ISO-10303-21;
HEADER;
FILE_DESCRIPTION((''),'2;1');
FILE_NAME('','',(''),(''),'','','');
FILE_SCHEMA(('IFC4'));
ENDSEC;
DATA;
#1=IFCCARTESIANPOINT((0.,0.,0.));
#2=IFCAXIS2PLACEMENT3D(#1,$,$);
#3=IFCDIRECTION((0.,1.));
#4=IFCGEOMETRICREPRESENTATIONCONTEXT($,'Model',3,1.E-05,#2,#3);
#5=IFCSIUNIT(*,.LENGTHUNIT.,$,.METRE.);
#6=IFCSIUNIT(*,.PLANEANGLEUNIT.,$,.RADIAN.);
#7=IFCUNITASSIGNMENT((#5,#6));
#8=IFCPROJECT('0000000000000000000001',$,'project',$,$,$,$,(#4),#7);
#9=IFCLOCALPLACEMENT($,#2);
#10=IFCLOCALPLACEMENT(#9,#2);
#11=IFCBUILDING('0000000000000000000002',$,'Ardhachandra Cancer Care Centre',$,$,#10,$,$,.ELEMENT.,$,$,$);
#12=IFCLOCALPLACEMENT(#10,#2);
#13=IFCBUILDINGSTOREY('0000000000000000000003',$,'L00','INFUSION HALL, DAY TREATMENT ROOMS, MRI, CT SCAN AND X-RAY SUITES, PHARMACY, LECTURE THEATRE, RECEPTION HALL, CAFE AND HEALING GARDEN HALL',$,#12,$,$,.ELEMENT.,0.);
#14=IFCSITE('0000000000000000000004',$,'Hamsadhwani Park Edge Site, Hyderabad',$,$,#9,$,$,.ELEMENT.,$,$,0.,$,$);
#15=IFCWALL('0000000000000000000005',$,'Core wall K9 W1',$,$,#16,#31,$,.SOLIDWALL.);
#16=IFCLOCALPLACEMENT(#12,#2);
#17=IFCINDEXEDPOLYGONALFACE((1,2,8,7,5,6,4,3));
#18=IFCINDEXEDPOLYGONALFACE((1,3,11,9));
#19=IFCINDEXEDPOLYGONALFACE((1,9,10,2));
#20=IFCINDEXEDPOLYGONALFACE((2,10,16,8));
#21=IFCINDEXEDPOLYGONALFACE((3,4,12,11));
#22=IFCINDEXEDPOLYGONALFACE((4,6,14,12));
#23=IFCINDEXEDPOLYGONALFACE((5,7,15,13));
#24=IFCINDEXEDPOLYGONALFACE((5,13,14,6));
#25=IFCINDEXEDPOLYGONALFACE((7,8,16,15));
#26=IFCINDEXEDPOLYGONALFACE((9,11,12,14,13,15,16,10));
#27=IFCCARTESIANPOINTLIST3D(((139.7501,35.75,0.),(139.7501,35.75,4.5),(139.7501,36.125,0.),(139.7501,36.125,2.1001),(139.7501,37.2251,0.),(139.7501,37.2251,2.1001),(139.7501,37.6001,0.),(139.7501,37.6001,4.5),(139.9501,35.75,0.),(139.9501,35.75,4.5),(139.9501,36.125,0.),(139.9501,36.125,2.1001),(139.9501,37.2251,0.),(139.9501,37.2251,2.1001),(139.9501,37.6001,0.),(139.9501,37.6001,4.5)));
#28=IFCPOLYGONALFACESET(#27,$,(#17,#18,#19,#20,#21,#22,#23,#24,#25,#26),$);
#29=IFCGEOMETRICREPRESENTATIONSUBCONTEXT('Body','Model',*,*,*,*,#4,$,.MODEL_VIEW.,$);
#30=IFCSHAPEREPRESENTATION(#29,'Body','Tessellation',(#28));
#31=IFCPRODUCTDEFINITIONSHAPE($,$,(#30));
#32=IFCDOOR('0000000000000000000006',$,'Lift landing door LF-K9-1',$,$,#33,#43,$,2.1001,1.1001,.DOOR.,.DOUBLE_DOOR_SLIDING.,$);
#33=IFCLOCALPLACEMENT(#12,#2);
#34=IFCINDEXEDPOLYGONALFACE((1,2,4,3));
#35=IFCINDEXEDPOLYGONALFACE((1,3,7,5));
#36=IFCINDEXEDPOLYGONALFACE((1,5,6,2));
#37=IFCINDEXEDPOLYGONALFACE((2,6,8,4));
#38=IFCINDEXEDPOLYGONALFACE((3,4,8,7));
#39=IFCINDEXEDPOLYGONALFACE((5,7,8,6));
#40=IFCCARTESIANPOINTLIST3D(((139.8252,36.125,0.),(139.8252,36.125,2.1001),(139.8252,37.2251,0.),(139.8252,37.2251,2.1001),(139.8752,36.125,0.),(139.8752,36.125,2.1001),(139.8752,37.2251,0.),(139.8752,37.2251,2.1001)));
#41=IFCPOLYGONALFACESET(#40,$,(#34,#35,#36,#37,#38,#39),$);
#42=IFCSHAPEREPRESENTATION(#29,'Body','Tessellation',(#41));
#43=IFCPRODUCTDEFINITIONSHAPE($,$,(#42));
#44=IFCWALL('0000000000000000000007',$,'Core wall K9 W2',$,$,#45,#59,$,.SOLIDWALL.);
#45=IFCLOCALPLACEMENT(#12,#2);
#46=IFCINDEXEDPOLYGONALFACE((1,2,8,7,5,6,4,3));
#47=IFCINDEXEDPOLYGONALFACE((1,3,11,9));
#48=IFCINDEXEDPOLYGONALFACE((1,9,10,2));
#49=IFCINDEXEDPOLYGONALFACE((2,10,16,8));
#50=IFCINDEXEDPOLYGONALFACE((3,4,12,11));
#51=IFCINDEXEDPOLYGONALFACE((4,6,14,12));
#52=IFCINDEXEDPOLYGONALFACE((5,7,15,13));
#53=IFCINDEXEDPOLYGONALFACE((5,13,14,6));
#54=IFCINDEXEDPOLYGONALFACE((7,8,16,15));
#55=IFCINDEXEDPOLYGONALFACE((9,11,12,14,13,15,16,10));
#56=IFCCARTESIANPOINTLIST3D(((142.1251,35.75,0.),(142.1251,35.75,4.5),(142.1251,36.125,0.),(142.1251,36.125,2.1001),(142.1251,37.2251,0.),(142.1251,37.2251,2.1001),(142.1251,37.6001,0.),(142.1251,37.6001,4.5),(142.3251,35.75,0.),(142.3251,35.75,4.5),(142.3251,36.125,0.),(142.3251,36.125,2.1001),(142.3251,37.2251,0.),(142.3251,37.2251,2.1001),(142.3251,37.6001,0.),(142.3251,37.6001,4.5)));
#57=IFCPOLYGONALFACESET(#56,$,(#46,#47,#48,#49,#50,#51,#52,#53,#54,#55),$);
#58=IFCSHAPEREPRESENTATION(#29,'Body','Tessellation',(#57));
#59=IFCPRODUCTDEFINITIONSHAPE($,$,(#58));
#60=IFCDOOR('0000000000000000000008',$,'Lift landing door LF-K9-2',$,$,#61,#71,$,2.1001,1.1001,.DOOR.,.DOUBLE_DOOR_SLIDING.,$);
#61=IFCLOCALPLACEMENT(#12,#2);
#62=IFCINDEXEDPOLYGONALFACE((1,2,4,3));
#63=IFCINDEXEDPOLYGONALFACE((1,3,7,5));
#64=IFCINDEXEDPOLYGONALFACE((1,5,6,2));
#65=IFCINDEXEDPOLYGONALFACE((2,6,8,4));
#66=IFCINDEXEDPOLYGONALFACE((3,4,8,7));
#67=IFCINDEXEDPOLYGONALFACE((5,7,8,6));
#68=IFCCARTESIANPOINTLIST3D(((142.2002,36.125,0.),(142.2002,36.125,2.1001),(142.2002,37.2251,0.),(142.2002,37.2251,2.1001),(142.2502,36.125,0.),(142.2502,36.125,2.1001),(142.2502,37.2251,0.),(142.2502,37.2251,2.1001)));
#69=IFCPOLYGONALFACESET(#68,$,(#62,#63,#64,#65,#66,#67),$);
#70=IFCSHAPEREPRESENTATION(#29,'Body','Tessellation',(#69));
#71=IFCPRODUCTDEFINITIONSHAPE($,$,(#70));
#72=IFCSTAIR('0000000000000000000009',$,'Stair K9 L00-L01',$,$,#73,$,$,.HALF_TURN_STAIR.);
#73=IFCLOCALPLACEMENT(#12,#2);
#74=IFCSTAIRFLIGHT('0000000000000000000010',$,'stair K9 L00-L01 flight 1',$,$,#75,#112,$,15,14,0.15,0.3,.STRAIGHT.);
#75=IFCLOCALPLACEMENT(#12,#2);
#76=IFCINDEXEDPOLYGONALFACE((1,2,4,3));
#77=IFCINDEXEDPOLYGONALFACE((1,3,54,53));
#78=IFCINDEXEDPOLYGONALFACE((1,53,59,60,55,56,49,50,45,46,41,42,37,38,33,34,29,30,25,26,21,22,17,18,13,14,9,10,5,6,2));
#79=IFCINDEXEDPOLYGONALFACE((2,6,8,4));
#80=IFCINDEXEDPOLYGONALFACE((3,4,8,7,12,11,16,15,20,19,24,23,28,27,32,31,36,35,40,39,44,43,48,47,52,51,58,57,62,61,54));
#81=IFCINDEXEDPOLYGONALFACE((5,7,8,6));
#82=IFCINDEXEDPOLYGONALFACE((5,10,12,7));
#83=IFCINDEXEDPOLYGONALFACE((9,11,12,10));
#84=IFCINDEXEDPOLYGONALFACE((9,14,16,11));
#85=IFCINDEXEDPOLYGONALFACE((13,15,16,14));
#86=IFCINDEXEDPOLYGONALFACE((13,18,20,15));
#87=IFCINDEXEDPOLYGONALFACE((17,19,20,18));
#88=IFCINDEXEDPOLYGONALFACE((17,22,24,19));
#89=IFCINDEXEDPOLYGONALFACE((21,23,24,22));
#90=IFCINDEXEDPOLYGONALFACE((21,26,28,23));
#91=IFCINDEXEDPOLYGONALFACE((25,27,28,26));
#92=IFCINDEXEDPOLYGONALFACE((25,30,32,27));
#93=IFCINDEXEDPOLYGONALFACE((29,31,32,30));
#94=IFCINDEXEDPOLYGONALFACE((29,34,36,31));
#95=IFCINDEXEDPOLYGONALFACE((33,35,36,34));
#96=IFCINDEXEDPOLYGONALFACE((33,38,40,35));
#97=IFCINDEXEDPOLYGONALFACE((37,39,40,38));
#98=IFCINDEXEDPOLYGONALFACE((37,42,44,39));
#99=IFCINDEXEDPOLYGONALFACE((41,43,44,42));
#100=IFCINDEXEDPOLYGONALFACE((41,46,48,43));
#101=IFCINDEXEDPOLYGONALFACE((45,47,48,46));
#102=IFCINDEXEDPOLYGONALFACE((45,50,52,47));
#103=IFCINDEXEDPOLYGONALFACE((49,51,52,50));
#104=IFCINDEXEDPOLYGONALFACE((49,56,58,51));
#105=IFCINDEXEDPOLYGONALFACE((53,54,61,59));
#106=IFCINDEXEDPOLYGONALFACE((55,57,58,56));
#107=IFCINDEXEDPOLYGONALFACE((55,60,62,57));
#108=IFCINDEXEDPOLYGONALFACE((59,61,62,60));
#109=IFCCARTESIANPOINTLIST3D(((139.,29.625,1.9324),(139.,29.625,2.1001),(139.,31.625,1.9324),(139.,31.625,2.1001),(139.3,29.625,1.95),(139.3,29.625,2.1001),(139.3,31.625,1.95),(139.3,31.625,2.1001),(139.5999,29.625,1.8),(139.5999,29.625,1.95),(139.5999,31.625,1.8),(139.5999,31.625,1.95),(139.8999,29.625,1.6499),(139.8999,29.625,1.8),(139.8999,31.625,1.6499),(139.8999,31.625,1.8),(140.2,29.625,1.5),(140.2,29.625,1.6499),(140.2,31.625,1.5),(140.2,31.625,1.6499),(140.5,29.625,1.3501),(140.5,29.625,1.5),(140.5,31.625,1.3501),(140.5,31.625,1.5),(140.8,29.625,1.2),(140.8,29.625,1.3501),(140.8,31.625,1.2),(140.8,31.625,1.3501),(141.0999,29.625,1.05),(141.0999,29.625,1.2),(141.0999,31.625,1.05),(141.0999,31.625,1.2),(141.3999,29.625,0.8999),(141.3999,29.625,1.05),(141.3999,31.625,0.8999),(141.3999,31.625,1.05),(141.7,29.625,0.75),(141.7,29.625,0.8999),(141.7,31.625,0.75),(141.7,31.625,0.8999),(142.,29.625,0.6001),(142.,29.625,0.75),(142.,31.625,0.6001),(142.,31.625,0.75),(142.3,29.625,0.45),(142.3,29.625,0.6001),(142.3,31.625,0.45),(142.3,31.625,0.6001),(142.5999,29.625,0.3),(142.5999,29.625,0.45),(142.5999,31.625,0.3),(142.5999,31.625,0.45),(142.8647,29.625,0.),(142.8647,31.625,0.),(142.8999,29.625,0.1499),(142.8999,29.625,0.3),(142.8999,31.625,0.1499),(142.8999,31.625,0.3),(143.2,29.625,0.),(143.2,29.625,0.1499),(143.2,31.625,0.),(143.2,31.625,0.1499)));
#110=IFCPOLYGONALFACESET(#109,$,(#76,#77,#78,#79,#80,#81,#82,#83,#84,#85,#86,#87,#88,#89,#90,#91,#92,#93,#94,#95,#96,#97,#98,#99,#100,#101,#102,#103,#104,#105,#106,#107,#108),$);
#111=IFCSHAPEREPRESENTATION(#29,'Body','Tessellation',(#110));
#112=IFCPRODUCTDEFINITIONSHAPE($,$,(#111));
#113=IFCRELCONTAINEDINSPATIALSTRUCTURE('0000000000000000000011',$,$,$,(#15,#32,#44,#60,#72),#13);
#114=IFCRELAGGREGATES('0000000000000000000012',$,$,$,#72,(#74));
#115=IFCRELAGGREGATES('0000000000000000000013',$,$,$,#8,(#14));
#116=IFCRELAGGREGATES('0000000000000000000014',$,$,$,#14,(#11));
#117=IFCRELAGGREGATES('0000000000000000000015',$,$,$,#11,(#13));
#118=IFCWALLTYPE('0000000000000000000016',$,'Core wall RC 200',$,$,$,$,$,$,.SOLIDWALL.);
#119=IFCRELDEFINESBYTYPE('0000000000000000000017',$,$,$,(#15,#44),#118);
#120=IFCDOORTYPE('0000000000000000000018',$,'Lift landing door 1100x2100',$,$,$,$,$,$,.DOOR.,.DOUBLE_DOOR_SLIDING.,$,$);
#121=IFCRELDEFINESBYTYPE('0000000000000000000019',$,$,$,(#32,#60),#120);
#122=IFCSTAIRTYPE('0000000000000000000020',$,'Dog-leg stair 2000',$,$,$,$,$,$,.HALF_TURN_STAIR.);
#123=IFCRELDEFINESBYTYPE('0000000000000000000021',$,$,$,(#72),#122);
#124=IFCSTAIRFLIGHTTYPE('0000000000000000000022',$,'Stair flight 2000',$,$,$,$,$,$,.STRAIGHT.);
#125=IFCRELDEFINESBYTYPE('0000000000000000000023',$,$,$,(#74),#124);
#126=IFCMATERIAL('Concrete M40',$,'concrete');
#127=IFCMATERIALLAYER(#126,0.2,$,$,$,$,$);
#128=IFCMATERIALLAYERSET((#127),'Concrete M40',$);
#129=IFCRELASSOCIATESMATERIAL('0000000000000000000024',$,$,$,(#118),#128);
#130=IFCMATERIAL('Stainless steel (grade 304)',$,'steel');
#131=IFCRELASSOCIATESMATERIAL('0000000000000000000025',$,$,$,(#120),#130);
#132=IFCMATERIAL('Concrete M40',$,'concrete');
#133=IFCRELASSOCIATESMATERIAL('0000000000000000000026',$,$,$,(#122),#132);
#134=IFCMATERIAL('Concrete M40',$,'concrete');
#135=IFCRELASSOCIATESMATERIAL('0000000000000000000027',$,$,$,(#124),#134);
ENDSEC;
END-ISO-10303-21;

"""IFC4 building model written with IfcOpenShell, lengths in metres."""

from ifc_helpers import new_model, si_unit, direction, frame, frame_2d, origin, place, context, subcontext, project, spatial, polyline, rectangle, outline, extrude, material, layer, layer_set, type_object, element, fill, aggregate, save


model = new_model("IFC4")

# Units and contexts
model_context = context("Model", 3, precision=1e-05, world=origin(), true_north=direction((0.0, 1.0)))
body_context = subcontext(model_context, "Body", "Model", "MODEL_VIEW")
ifc_project = project(units=[si_unit("LENGTHUNIT", "METRE"), si_unit("PLANEANGLEUNIT", "RADIAN")], contexts=[model_context])

# Site, building, storey
site_placement = place(None, origin())
site = spatial("IfcSite", under=ifc_project, at=site_placement, Name="Hamsadhwani Park Edge Site, Hyderabad", CompositionType="ELEMENT", RefElevation=0.0)
building_placement = place(site_placement, origin())
building = spatial("IfcBuilding", under=site, at=building_placement, Name="Ardhachandra Cancer Care Centre", CompositionType="ELEMENT")
storey_placement = place(building_placement, origin())
storey = spatial("IfcBuildingStorey", under=building, at=storey_placement, Name="L00", Description="INFUSION HALL, DAY TREATMENT ROOMS, MRI, CT SCAN AND X-RAY SUITES, PHARMACY, LECTURE THEATRE, RECEPTION HALL, CAFE AND HEALING GARDEN HALL", CompositionType="ELEMENT", Elevation=0.0)

# Shared definitions
ifc_material_1 = material(Name="Concrete M40", Category="concrete")
ifc_layer_1 = layer(ifc_material_1, 0.2)
ifc_layer_set_1 = layer_set([ifc_layer_1], Name="Concrete M40")
wall_type_1 = type_object("IfcWallType", Name="Core wall RC 200", PredefinedType="SOLIDWALL", material=ifc_layer_set_1)

# Walls, openings, doors
wall_1_placement = place(storey_placement, frame((139.8501, 35.75, 0.0), z_axis=(0.0, 0.0, 1.0), x_axis=(0.0, 1.0, 0.0)))
wall_1 = element("IfcWall", 1, at=wall_1_placement, inside=storey, type_object=wall_type_1, Name="Core wall K9 W1", PredefinedType="SOLIDWALL", context=body_context, shape_type="SweptSolid", body=[
    extrude(rectangle(XDim=1.8501, YDim=0.2, at=frame_2d((0.925, 0.0))), origin(), (0.0, 0.0, 1.0), 4.5),
])
opening_1_placement = place(wall_1_placement, frame((0.375, 0.0, 0.0)))
opening_1 = element("IfcOpeningElement", 2, at=opening_1_placement, cuts=wall_1, PredefinedType="OPENING", context=body_context, shape_type="SweptSolid", body=[
    extrude(rectangle(XDim=1.1001, YDim=2.1001, at=frame_2d((0.55, 1.05))), frame((0.0, 0.1099, 0.0), z_axis=(0.0, -1.0, 0.0), x_axis=(1.0, 0.0, 0.0)), (0.0, 0.0, 1.0), 0.22),
])
ifc_material_2 = material(Name="Stainless steel (grade 304)", Category="steel")
door_type_1 = type_object("IfcDoorType", Name="Lift landing door 1100x2100", OperationType="DOUBLE_DOOR_SLIDING", PredefinedType="DOOR", material=ifc_material_2)
door_1_placement = place(opening_1_placement, origin())
door_1 = element("IfcDoor", 3, at=door_1_placement, inside=storey, type_object=door_type_1, Name="Lift landing door LF-K9-1", OperationType="DOUBLE_DOOR_SLIDING", OverallHeight=2.1001, OverallWidth=1.1001, PredefinedType="DOOR", context=body_context, shape_type="SweptSolid", body=[
    extrude(rectangle(XDim=1.1001, YDim=2.1001, at=frame_2d((0.55, 1.05))), frame((0.0, 0.0249, 0.0), z_axis=(0.0, -1.0, 0.0), x_axis=(1.0, 0.0, 0.0)), (0.0, 0.0, 1.0), 0.05),
])
fill(opening_1, door_1)
wall_2_placement = place(storey_placement, frame((142.2251, 35.75, 0.0), z_axis=(0.0, 0.0, 1.0), x_axis=(0.0, 1.0, 0.0)))
wall_2 = element("IfcWall", 4, at=wall_2_placement, inside=storey, type_object=wall_type_1, Name="Core wall K9 W2", PredefinedType="SOLIDWALL", context=body_context, shape_type="SweptSolid", body=[
    extrude(rectangle(XDim=1.8501, YDim=0.2, at=frame_2d((0.925, 0.0))), origin(), (0.0, 0.0, 1.0), 4.5),
])
opening_2_placement = place(wall_2_placement, frame((0.375, 0.0, 0.0)))
opening_2 = element("IfcOpeningElement", 5, at=opening_2_placement, cuts=wall_2, PredefinedType="OPENING", context=body_context, shape_type="SweptSolid", body=[
    extrude(rectangle(XDim=1.1001, YDim=2.1001, at=frame_2d((0.55, 1.05))), frame((0.0, 0.1099, 0.0), z_axis=(0.0, -1.0, 0.0), x_axis=(1.0, 0.0, 0.0)), (0.0, 0.0, 1.0), 0.22),
])
door_2_placement = place(opening_2_placement, origin())
door_2 = element("IfcDoor", 6, at=door_2_placement, inside=storey, type_object=door_type_1, Name="Lift landing door LF-K9-2", OperationType="DOUBLE_DOOR_SLIDING", OverallHeight=2.1001, OverallWidth=1.1001, PredefinedType="DOOR", context=body_context, shape_type="SweptSolid", body=[
    extrude(rectangle(XDim=1.1001, YDim=2.1001, at=frame_2d((0.55, 1.05))), frame((0.0, 0.0249, 0.0), z_axis=(0.0, -1.0, 0.0), x_axis=(1.0, 0.0, 0.0)), (0.0, 0.0, 1.0), 0.05),
])
fill(opening_2, door_2)

# Stair, stair flight
ifc_material_3 = material(Name="Concrete M40", Category="concrete")
stair_type = type_object("IfcStairType", Name="Dog-leg stair 2000", PredefinedType="HALF_TURN_STAIR", material=ifc_material_3)
stair_placement = place(storey_placement, origin())
stair = element("IfcStair", 7, at=stair_placement, inside=storey, type_object=stair_type, Name="Stair K9 L00-L01", PredefinedType="HALF_TURN_STAIR")
ifc_material_4 = material(Name="Concrete M40", Category="concrete")
stair_flight_type = type_object("IfcStairFlightType", Name="Stair flight 2000", PredefinedType="STRAIGHT", material=ifc_material_4)
stair_flight_placement = place(storey_placement, frame((143.2, 30.625, 0.0), z_axis=(0.0, 0.0, 1.0), x_axis=(-1.0, 0.0, 0.0)))
stair_flight = element("IfcStairFlight", 8, at=stair_flight_placement, type_object=stair_flight_type, Name="stair K9 L00-L01 flight 1", NumberOfRisers=15, NumberOfTreads=14, PredefinedType="STRAIGHT", RiserHeight=0.15, TreadLength=0.3, context=body_context, shape_type="SweptSolid", body=[
    extrude(outline(polyline([(0.0, 0.0), (0.0, 0.1499), (0.3, 0.1499), (0.3, 0.3), (0.6001, 0.3), (0.6001, 0.45), (0.8999, 0.45), (0.8999, 0.6001), (1.2, 0.6001), (1.2, 0.75), (1.5, 0.75), (1.5, 0.8999), (1.8, 0.8999), (1.8, 1.05), (2.1001, 1.05), (2.1001, 1.2), (2.3999, 1.2), (2.3999, 1.3501), (2.7, 1.3501), (2.7, 1.5), (3.0, 1.5), (3.0, 1.6499), (3.3, 1.6499), (3.3, 1.8), (3.6001, 1.8), (3.6001, 1.95), (3.8999, 1.95), (3.8999, 2.1001), (4.2, 2.1001), (4.2, 2.25), (4.2, 1.9324), (0.3352, 0.0), (0.0, 0.0)])), frame((0.0, 1.0, 0.0), z_axis=(0.0, -1.0, 0.0), x_axis=(1.0, 0.0, 0.0)), (0.0, 0.0, 1.0), 2.0),
])
aggregate(stair, [stair_flight])

save(model, "model.ifc")
